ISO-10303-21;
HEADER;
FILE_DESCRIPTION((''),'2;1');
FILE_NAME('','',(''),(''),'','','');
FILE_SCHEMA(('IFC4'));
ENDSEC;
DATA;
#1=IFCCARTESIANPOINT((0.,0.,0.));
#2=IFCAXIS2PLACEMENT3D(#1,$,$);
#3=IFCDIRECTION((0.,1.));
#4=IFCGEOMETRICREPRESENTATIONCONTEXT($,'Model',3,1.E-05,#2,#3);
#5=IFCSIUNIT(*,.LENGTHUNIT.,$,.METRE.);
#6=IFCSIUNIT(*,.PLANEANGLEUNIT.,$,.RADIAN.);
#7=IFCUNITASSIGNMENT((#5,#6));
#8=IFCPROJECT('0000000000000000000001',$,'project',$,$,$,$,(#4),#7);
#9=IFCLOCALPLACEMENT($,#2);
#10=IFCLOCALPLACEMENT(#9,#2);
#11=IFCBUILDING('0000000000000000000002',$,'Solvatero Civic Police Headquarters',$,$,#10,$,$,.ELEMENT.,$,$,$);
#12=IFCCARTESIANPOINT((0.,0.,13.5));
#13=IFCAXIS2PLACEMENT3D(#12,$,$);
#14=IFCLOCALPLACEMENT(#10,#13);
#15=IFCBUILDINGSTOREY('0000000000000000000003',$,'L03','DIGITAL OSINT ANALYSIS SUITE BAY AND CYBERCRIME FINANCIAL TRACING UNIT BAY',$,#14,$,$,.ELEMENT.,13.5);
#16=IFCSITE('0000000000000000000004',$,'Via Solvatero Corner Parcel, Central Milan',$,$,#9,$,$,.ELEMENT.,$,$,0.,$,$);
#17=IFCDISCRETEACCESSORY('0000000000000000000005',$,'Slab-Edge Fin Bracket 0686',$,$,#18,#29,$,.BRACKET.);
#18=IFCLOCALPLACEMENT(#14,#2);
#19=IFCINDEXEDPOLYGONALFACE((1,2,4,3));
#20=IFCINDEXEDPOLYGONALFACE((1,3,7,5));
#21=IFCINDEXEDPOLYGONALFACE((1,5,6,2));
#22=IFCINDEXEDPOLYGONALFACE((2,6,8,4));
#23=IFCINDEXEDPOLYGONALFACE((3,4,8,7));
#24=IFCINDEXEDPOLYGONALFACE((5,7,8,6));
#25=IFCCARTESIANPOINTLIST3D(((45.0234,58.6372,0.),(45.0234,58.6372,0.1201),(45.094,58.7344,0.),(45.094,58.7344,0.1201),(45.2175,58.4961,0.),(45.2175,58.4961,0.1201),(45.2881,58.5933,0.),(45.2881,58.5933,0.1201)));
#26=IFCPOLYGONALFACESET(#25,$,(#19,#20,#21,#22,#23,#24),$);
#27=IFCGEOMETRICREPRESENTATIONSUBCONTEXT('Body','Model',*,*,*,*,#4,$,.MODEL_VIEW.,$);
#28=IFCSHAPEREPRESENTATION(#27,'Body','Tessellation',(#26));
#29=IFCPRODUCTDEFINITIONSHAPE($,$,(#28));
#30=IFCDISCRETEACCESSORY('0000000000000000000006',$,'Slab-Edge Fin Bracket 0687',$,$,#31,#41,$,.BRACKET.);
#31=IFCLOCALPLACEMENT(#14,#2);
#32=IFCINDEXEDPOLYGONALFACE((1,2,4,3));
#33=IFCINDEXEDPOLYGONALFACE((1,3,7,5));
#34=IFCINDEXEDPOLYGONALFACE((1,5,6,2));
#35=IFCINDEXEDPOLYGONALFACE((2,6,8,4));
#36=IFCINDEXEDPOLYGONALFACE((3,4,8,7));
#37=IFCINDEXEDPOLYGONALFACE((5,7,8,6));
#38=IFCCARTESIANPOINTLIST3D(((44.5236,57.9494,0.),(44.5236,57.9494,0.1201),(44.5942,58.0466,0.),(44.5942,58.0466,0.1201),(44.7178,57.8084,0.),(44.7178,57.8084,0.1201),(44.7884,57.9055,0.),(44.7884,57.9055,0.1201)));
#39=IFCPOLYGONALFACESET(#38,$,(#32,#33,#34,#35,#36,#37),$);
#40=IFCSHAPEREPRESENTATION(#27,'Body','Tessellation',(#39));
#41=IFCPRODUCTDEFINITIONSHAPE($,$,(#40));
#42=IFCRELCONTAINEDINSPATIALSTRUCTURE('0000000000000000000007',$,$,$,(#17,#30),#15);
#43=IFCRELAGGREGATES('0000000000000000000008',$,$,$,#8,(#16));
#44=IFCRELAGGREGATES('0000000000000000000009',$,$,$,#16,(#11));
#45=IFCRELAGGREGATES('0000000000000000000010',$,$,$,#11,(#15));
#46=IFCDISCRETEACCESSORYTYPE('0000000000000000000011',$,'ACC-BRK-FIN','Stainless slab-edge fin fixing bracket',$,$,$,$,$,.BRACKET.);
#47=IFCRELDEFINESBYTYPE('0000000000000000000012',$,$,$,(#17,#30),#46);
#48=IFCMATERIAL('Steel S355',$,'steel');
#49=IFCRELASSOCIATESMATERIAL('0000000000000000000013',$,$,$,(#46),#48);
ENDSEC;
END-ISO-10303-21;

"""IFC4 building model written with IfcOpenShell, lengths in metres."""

from ifc_helpers import new_model, si_unit, direction, frame, origin, origin_2d, place, context, subcontext, project, spatial, rectangle, extrude, material, type_object, element, save


model = new_model("IFC4")

# Units and contexts
model_context = context("Model", 3, precision=1e-05, world=origin(), true_north=direction((0.0, 1.0)))
body_context = subcontext(model_context, "Body", "Model", "MODEL_VIEW")
ifc_project = project(units=[si_unit("LENGTHUNIT", "METRE"), si_unit("PLANEANGLEUNIT", "RADIAN")], contexts=[model_context])

# Site, building, storey
site_placement = place(None, origin())
site = spatial("IfcSite", under=ifc_project, at=site_placement, Name="Via Solvatero Corner Parcel, Central Milan", CompositionType="ELEMENT", RefElevation=0.0)
building_placement = place(site_placement, origin())
building = spatial("IfcBuilding", under=site, at=building_placement, Name="Solvatero Civic Police Headquarters", CompositionType="ELEMENT")
storey_placement = place(building_placement, frame((0.0, 0.0, 13.5)))
storey = spatial("IfcBuildingStorey", under=building, at=storey_placement, Name="L03", Description="DIGITAL OSINT ANALYSIS SUITE BAY AND CYBERCRIME FINANCIAL TRACING UNIT BAY", CompositionType="ELEMENT", Elevation=13.5)

# Shared definitions
ifc_material_1 = material(Name="Steel S355", Category="steel")

# Discrete accessories
discrete_accessory_type = type_object("IfcDiscreteAccessoryType", Name="ACC-BRK-FIN", Description="Stainless slab-edge fin fixing bracket", PredefinedType="BRACKET", material=ifc_material_1)
for number, where, z_axis, x_axis, name in (
    (1, (45.1558, 58.6152, 0.0), (0.0, 0.0, 1.0), (-0.587785, -0.809017, 0.0), "Slab-Edge Fin Bracket 0686"),
    (2, (44.656, 57.9275, 0.0), (0.0, 0.0, 1.0), (-0.587785, -0.809017, 0.0), "Slab-Edge Fin Bracket 0687"),
):
    element("IfcDiscreteAccessory", number, at=place(storey_placement, frame(where, z_axis=z_axis, x_axis=x_axis)), inside=storey, type_object=discrete_accessory_type, Name=name, PredefinedType="BRACKET", context=body_context, shape_type="SweptSolid", body=[
        extrude(rectangle(XDim=0.1201, YDim=0.24, at=origin_2d()), origin(), (0.0, 0.0, 1.0), 0.1201),
    ])

save(model, "model.ifc")
